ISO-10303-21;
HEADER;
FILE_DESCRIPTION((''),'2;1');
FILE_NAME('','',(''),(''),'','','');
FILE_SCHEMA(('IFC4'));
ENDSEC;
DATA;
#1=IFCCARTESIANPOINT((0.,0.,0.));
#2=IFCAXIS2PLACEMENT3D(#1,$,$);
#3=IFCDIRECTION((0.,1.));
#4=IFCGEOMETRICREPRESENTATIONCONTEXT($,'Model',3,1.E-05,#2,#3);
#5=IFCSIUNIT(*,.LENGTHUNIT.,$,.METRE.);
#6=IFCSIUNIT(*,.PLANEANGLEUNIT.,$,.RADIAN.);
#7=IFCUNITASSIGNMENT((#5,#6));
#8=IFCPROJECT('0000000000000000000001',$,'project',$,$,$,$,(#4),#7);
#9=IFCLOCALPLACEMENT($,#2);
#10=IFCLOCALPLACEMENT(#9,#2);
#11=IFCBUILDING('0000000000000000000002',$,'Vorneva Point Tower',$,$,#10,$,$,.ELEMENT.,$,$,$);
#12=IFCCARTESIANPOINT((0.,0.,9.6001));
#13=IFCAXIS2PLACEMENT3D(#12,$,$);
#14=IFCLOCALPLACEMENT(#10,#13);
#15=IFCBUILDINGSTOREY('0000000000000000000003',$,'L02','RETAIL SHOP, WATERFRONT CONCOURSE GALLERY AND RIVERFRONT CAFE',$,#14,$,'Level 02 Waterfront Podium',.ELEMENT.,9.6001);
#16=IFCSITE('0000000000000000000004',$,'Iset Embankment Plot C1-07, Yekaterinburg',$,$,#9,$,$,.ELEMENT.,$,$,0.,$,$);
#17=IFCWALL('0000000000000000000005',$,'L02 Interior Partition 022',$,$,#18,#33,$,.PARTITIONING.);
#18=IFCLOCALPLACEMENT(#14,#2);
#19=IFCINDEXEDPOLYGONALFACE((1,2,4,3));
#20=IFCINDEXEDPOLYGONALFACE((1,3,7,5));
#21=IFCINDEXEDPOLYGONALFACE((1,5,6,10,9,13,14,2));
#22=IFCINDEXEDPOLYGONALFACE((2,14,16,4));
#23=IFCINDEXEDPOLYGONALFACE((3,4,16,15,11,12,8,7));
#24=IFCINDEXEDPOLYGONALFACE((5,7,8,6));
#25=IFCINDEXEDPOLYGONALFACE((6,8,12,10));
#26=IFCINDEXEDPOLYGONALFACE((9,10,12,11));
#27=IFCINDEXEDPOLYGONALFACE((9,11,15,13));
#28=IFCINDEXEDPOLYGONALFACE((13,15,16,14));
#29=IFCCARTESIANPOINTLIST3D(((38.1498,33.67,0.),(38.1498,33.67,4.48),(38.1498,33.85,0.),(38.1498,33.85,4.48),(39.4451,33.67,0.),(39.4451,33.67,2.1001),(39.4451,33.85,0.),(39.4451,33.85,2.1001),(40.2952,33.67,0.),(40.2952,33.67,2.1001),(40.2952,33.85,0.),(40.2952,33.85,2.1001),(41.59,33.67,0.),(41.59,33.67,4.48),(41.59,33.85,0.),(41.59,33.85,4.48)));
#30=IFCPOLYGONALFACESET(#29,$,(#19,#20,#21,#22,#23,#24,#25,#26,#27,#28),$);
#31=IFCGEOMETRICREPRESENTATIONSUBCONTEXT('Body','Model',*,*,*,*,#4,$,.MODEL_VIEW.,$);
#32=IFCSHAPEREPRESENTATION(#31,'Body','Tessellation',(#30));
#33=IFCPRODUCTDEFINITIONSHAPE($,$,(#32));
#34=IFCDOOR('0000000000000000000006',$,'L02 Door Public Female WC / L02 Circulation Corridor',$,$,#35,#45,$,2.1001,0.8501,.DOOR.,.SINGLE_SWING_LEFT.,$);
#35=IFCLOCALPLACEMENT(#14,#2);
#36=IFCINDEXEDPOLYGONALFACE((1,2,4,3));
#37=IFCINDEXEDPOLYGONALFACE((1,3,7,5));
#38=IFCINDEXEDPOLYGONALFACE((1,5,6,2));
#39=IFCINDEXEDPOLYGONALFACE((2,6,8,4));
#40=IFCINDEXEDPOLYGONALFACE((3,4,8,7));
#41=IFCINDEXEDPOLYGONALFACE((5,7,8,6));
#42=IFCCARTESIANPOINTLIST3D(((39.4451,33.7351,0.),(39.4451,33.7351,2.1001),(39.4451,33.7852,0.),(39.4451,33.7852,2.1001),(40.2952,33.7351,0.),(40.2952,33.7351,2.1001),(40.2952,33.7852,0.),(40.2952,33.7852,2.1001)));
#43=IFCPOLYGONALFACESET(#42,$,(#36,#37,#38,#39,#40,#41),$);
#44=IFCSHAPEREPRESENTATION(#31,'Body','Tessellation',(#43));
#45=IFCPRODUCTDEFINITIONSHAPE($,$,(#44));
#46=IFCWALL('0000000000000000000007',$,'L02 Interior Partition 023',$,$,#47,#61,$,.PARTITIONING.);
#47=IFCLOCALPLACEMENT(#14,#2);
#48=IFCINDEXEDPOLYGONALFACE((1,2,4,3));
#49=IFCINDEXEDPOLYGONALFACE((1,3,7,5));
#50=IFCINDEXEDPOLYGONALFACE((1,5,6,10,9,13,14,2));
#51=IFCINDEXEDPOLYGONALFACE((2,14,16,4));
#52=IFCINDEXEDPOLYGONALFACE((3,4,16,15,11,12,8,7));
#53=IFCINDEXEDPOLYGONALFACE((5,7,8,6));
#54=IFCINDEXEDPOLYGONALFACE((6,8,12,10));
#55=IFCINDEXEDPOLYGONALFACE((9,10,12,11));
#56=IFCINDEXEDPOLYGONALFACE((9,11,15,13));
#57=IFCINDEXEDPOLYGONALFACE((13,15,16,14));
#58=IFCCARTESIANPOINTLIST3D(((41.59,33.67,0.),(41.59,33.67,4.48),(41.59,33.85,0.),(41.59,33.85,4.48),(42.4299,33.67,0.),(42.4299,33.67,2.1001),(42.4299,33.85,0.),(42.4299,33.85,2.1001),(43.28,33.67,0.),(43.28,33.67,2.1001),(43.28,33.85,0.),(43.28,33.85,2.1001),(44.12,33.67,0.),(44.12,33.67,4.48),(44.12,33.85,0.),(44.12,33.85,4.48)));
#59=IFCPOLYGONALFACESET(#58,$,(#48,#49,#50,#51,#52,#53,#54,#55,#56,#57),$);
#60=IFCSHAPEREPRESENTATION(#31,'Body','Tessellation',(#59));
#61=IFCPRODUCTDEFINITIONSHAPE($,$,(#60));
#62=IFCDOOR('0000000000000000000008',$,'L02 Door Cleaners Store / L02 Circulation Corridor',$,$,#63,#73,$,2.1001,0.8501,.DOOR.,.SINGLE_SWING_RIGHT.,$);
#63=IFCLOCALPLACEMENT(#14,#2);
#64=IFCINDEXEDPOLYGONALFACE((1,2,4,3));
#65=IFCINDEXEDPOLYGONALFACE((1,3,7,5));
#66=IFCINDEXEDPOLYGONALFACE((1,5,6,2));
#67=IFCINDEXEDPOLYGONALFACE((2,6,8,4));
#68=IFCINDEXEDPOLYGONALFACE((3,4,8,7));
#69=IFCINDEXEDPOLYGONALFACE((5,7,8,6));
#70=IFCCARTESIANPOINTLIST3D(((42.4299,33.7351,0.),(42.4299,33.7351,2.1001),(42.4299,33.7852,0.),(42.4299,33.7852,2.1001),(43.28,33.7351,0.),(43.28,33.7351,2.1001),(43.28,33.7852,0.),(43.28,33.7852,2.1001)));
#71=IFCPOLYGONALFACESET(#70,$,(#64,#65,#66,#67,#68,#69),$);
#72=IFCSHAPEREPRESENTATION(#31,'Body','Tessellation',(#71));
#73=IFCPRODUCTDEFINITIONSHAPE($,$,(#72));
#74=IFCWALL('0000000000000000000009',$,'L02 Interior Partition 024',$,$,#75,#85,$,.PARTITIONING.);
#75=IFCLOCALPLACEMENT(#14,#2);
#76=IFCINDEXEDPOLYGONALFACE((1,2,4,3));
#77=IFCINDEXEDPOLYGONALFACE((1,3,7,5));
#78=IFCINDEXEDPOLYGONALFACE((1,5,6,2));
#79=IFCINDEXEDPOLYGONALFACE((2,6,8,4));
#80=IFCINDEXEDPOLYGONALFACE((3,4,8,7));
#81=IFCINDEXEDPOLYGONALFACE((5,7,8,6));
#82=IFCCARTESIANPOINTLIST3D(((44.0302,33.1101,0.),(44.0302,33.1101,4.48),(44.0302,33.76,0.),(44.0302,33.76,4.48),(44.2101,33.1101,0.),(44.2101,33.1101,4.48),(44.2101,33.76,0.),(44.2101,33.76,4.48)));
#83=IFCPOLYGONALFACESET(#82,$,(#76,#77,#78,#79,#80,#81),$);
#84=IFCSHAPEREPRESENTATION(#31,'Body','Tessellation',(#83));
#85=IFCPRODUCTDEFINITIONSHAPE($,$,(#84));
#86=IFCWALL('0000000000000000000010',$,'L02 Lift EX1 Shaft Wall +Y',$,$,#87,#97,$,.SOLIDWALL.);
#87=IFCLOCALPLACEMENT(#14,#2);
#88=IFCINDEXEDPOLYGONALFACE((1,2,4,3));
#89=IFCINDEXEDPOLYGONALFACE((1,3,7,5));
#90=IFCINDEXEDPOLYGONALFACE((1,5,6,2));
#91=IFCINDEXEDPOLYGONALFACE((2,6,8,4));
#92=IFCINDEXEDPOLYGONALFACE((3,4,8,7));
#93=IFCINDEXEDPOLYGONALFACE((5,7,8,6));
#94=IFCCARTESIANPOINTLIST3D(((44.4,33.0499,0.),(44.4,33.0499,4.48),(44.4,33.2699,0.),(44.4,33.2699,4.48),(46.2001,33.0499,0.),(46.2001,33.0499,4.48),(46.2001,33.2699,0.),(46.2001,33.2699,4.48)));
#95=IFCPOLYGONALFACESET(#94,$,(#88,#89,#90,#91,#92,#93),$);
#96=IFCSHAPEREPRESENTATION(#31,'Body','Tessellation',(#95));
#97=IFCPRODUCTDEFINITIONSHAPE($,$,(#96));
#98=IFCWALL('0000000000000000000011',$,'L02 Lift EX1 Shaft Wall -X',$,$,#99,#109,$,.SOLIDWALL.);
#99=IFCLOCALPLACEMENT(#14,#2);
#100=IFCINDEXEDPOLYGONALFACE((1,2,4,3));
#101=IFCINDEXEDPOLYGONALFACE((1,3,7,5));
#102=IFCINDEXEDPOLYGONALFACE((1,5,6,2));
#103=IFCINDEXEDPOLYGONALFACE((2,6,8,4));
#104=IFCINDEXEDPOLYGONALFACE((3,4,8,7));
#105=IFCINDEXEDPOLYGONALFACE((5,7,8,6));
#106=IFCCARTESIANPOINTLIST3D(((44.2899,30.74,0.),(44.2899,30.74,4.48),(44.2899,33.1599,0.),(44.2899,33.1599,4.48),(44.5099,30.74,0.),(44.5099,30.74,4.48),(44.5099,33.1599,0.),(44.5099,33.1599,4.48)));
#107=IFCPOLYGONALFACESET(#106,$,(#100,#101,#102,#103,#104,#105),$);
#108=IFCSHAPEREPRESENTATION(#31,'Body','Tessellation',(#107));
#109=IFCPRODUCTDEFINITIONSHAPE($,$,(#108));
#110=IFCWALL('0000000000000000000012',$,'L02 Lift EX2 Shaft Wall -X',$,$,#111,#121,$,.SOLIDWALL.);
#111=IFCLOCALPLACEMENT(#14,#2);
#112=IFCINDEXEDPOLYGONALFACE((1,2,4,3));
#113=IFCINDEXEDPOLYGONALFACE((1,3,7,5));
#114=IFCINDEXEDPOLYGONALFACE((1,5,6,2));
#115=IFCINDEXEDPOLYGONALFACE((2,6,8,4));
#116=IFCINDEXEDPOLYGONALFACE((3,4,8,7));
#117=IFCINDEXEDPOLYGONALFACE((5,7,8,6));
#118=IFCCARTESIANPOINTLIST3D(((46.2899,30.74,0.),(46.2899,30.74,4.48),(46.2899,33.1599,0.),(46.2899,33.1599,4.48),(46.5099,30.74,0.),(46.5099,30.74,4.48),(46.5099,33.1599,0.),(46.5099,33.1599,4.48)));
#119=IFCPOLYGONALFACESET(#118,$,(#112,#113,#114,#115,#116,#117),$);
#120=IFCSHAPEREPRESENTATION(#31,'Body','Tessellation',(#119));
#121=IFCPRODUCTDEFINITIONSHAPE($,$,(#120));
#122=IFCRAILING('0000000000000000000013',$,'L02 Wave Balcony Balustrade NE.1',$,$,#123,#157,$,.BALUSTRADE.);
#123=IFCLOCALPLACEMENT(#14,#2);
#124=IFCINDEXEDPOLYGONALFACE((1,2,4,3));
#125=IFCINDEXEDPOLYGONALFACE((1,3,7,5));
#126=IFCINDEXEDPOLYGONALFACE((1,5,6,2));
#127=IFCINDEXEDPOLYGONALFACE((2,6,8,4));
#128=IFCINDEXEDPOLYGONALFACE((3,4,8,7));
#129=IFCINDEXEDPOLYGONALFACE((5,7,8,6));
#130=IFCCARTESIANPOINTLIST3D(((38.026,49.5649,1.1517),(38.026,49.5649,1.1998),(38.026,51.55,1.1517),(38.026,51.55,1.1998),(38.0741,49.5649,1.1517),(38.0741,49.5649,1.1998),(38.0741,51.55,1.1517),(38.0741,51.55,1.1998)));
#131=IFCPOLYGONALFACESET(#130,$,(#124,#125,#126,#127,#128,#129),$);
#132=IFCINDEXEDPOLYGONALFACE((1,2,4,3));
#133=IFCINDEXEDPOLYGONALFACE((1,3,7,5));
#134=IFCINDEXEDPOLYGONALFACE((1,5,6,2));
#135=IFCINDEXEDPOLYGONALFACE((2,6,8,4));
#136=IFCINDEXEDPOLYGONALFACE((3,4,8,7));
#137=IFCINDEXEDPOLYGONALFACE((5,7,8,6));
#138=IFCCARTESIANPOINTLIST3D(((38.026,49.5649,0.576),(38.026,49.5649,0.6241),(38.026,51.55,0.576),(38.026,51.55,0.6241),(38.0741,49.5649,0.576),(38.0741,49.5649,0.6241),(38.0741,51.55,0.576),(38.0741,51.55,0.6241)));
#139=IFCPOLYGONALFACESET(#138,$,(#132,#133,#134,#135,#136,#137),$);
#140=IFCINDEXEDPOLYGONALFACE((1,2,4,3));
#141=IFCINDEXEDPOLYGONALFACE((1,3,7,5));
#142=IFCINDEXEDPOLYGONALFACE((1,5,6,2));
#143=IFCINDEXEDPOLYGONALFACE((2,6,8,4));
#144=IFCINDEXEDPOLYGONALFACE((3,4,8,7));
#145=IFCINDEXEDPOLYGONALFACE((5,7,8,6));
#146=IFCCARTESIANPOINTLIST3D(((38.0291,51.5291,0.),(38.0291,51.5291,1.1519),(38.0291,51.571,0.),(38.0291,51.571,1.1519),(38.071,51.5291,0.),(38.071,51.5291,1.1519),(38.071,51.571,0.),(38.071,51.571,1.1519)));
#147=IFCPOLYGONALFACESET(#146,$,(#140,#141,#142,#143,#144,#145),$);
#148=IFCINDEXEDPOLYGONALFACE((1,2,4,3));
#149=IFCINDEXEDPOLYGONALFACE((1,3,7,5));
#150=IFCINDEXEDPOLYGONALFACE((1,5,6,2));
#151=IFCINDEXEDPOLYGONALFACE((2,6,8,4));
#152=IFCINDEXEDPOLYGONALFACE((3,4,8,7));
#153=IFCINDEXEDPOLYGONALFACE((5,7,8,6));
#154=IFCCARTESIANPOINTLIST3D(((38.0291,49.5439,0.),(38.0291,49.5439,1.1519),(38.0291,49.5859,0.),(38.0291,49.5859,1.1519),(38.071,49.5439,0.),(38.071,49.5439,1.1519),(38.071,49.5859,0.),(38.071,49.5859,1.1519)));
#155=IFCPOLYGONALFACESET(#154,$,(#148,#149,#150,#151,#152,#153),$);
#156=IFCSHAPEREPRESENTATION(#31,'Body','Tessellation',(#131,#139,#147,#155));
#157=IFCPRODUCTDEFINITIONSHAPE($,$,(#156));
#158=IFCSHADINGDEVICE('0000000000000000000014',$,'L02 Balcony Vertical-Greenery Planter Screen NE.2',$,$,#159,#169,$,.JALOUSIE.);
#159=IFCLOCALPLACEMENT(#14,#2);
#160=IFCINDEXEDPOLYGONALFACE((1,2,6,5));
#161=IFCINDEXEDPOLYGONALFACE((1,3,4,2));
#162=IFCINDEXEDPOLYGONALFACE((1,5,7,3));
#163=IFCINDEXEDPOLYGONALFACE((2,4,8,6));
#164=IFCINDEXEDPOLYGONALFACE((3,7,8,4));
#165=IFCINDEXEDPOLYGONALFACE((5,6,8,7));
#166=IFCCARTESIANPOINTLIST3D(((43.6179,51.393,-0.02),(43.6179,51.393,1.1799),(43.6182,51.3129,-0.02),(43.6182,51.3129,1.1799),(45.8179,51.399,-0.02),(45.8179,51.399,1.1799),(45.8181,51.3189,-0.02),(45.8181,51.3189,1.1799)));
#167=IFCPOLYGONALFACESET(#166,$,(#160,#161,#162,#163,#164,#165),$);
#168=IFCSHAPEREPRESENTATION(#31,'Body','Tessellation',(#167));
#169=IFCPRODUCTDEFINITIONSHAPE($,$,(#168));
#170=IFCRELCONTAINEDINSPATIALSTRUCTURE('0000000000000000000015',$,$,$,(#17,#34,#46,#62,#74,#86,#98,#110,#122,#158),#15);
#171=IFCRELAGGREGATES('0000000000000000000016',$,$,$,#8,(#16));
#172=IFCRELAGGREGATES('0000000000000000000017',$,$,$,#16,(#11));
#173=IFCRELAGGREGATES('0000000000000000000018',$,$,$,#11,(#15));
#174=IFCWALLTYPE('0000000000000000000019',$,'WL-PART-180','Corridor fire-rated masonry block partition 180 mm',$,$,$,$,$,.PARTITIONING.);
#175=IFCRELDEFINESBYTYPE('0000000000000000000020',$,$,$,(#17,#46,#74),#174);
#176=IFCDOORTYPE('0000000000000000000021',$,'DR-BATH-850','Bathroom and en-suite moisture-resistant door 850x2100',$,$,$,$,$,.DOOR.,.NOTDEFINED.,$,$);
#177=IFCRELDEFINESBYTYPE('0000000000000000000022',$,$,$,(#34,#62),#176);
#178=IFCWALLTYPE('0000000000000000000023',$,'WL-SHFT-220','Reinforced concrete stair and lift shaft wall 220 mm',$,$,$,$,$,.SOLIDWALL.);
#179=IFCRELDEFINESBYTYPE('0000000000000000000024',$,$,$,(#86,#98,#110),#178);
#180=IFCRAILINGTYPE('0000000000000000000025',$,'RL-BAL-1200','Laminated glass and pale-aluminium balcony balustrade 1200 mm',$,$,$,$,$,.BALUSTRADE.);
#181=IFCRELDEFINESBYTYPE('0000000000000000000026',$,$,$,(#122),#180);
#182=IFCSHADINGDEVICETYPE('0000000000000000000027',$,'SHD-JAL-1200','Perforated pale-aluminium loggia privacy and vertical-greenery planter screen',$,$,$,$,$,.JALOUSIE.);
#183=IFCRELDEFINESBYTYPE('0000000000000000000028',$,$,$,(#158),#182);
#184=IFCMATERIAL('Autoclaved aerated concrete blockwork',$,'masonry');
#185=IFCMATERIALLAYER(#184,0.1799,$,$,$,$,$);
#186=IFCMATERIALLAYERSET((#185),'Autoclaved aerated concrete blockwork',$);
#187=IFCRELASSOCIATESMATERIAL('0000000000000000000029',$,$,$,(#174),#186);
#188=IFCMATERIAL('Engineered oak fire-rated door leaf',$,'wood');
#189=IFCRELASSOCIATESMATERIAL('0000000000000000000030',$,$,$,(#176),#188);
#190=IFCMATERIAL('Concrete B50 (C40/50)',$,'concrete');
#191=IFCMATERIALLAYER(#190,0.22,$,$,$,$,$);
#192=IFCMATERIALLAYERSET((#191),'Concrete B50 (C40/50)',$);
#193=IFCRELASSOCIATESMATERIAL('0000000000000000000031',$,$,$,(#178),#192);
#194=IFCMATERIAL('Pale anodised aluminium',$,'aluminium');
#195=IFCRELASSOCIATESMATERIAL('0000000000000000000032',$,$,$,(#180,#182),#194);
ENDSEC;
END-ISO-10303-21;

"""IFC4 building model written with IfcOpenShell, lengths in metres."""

from ifc_helpers import new_model, si_unit, direction, frame, frame_2d, origin, origin_2d, place, context, subcontext, project, spatial, rectangle, extrude, material, layer, layer_set, type_object, element, fill, save


model = new_model("IFC4")

# Units and contexts
model_context = context("Model", 3, precision=1e-05, world=origin(), true_north=direction((0.0, 1.0)))
body_context = subcontext(model_context, "Body", "Model", "MODEL_VIEW")
ifc_project = project(units=[si_unit("LENGTHUNIT", "METRE"), si_unit("PLANEANGLEUNIT", "RADIAN")], contexts=[model_context])

# Site, building, storey
site_placement = place(None, origin())
site = spatial("IfcSite", under=ifc_project, at=site_placement, Name="Iset Embankment Plot C1-07, Yekaterinburg", CompositionType="ELEMENT", RefElevation=0.0)
building_placement = place(site_placement, origin())
building = spatial("IfcBuilding", under=site, at=building_placement, Name="Vorneva Point Tower", CompositionType="ELEMENT")
storey_placement = place(building_placement, frame((0.0, 0.0, 9.6001)))
storey = spatial("IfcBuildingStorey", under=building, at=storey_placement, Name="L02", Description="RETAIL SHOP, WATERFRONT CONCOURSE GALLERY AND RIVERFRONT CAFE", LongName="Level 02 Waterfront Podium", CompositionType="ELEMENT", Elevation=9.6001)

# Shared definitions
ifc_material_1 = material(Name="Pale anodised aluminium", Category="aluminium")

# Walls, openings, doors
ifc_material_2 = material(Name="Autoclaved aerated concrete blockwork", Category="masonry")
ifc_layer_1 = layer(ifc_material_2, 0.1799)
ifc_layer_set_1 = layer_set([ifc_layer_1], Name="Autoclaved aerated concrete blockwork")
wall_type_1 = type_object("IfcWallType", Name="WL-PART-180", Description="Corridor fire-rated masonry block partition 180 mm", PredefinedType="PARTITIONING", material=ifc_layer_set_1)
ifc_material_3 = material(Name="Engineered oak fire-rated door leaf", Category="wood")
door_type = type_object("IfcDoorType", Name="DR-BATH-850", Description="Bathroom and en-suite moisture-resistant door 850x2100", OperationType="NOTDEFINED", PredefinedType="DOOR", material=ifc_material_3)
wall_1_placement = place(storey_placement, frame((41.5901, 33.76, 0.0), z_axis=(0.0, 0.0, 1.0), x_axis=(-1.0, 0.0, 0.0)))
wall_1 = element("IfcWall", 1, at=wall_1_placement, inside=storey, type_object=wall_type_1, Name="L02 Interior Partition 022", PredefinedType="PARTITIONING", context=body_context, shape_type="SweptSolid", body=[
    extrude(rectangle(XDim=3.4402, YDim=0.1799, at=frame_2d((1.7202, 0.0))), origin(), (0.0, 0.0, 1.0), 4.48),
])
opening_1_placement = place(wall_1_placement, frame((1.2949, 0.0, 0.0)))
opening_1 = element("IfcOpeningElement", 2, at=opening_1_placement, cuts=wall_1, PredefinedType="OPENING", context=body_context, shape_type="SweptSolid", body=[
    extrude(rectangle(XDim=0.8501, YDim=2.1001, at=frame_2d((0.425, 1.05))), frame((0.0, 0.105, 0.0), z_axis=(0.0, -1.0, 0.0), x_axis=(1.0, 0.0, 0.0)), (0.0, 0.0, 1.0), 0.2097),
])
door_1_placement = place(opening_1_placement, origin())
door_1 = element("IfcDoor", 3, at=door_1_placement, inside=storey, type_object=door_type, Name="L02 Door Public Female WC / L02 Circulation Corridor", OperationType="SINGLE_SWING_LEFT", OverallHeight=2.1001, OverallWidth=0.8501, PredefinedType="DOOR", context=body_context, shape_type="SweptSolid", body=[
    extrude(rectangle(XDim=0.8501, YDim=2.1001, at=frame_2d((0.425, 1.05))), frame((0.0, 0.0249, 0.0), z_axis=(0.0, -1.0, 0.0), x_axis=(1.0, 0.0, 0.0)), (0.0, 0.0, 1.0), 0.05),
])
fill(opening_1, door_1)
wall_2_placement = place(storey_placement, frame((44.1201, 33.76, 0.0), z_axis=(0.0, 0.0, 1.0), x_axis=(-1.0, 0.0, 0.0)))
wall_2 = element("IfcWall", 4, at=wall_2_placement, inside=storey, type_object=wall_type_1, Name="L02 Interior Partition 023", PredefinedType="PARTITIONING", context=body_context, shape_type="SweptSolid", body=[
    extrude(rectangle(XDim=2.53, YDim=0.1799, at=frame_2d((1.2651, 0.0))), origin(), (0.0, 0.0, 1.0), 4.48),
])
opening_2_placement = place(wall_2_placement, frame((0.8401, 0.0, 0.0)))
opening_2 = element("IfcOpeningElement", 5, at=opening_2_placement, cuts=wall_2, PredefinedType="OPENING", context=body_context, shape_type="SweptSolid", body=[
    extrude(rectangle(XDim=0.8501, YDim=2.1001, at=frame_2d((0.425, 1.05))), frame((0.0, 0.105, 0.0), z_axis=(0.0, -1.0, 0.0), x_axis=(1.0, 0.0, 0.0)), (0.0, 0.0, 1.0), 0.2097),
])
door_2_placement = place(opening_2_placement, origin())
door_2 = element("IfcDoor", 6, at=door_2_placement, inside=storey, type_object=door_type, Name="L02 Door Cleaners Store / L02 Circulation Corridor", OperationType="SINGLE_SWING_RIGHT", OverallHeight=2.1001, OverallWidth=0.8501, PredefinedType="DOOR", context=body_context, shape_type="SweptSolid", body=[
    extrude(rectangle(XDim=0.8501, YDim=2.1001, at=frame_2d((0.425, 1.05))), frame((0.0, 0.0249, 0.0), z_axis=(0.0, -1.0, 0.0), x_axis=(1.0, 0.0, 0.0)), (0.0, 0.0, 1.0), 0.05),
])
fill(opening_2, door_2)

# Walls
wall_3_placement = place(storey_placement, frame((44.1201, 33.1101, 0.0), z_axis=(0.0, 0.0, 1.0), x_axis=(0.0, 1.0, 0.0)))
element("IfcWall", 7, at=wall_3_placement, inside=storey, type_object=wall_type_1, Name="L02 Interior Partition 024", PredefinedType="PARTITIONING", context=body_context, shape_type="SweptSolid", body=[
    extrude(rectangle(XDim=0.6499, YDim=0.1799, at=frame_2d((0.325, 0.0))), origin(), (0.0, 0.0, 1.0), 4.48),
])
ifc_material_4 = material(Name="Concrete B50 (C40/50)", Category="concrete")
ifc_layer_2 = layer(ifc_material_4, 0.22)
ifc_layer_set_2 = layer_set([ifc_layer_2], Name="Concrete B50 (C40/50)")
wall_type_2 = type_object("IfcWallType", Name="WL-SHFT-220", Description="Reinforced concrete stair and lift shaft wall 220 mm", PredefinedType="SOLIDWALL", material=ifc_layer_set_2)
wall_4_placement = place(storey_placement, frame((46.2, 33.1599, 0.0), z_axis=(0.0, 0.0, 1.0), x_axis=(-1.0, 0.0, 0.0)))
element("IfcWall", 8, at=wall_4_placement, inside=storey, type_object=wall_type_2, Name="L02 Lift EX1 Shaft Wall +Y", PredefinedType="SOLIDWALL", context=body_context, shape_type="SweptSolid", body=[
    extrude(rectangle(XDim=1.8, YDim=0.22, at=frame_2d((0.8999, 0.0))), origin(), (0.0, 0.0, 1.0), 4.48),
])
for number, where, z_axis, x_axis, name in (
    (9, (44.3999, 33.1599, 0.0), (0.0, 0.0, 1.0), (0.0, -1.0, 0.0), "L02 Lift EX1 Shaft Wall -X"),
    (10, (46.3999, 33.1599, 0.0), (0.0, 0.0, 1.0), (0.0, -1.0, 0.0), "L02 Lift EX2 Shaft Wall -X"),
):
    element("IfcWall", number, at=place(storey_placement, frame(where, z_axis=z_axis, x_axis=x_axis)), inside=storey, type_object=wall_type_2, Name=name, PredefinedType="SOLIDWALL", context=body_context, shape_type="SweptSolid", body=[
        extrude(rectangle(XDim=2.4199, YDim=0.22, at=frame_2d((1.21, 0.0))), origin(), (0.0, 0.0, 1.0), 4.48),
    ])

# Railing
railing_type = type_object("IfcRailingType", Name="RL-BAL-1200", Description="Laminated glass and pale-aluminium balcony balustrade 1200 mm", PredefinedType="BALUSTRADE", material=ifc_material_1)
railing_placement = place(storey_placement, frame((38.05, 51.55, 0.0)))
element("IfcRailing", 11, at=railing_placement, inside=storey, type_object=railing_type, Name="L02 Wave Balcony Balustrade NE.1", PredefinedType="BALUSTRADE", context=body_context, shape_type="SweptSolid", body=[
    extrude(rectangle(XDim=0.0481, YDim=0.0481, at=origin_2d()), frame((0.0, 0.0, 1.1758), z_axis=(0.0, -1.0, 0.0), x_axis=(1.0, 0.0, 0.0)), (0.0, 0.0, 1.0), 1.9851),
    extrude(rectangle(XDim=0.0481, YDim=0.0481, at=origin_2d()), frame((0.0, 0.0, 0.6001), z_axis=(0.0, -1.0, 0.0), x_axis=(1.0, 0.0, 0.0)), (0.0, 0.0, 1.0), 1.9851),
    extrude(rectangle(XDim=0.042, YDim=0.042, at=origin_2d()), origin(), (0.0, 0.0, 1.0), 1.1519),
    extrude(rectangle(XDim=0.042, YDim=0.042, at=origin_2d()), frame((0.0, -1.9851, 0.0)), (0.0, 0.0, 1.0), 1.1519),
])

# Shading device
shading_device_type = type_object("IfcShadingDeviceType", Name="SHD-JAL-1200", Description="Perforated pale-aluminium loggia privacy and vertical-greenery planter screen", PredefinedType="JALOUSIE", material=ifc_material_1)
shading_device_placement = place(storey_placement, frame((44.718, 51.356, -0.02), z_axis=(0.0, 0.0, 1.0), x_axis=(-0.999996, -0.00274, 0.0)))
element("IfcShadingDevice", 12, at=shading_device_placement, inside=storey, type_object=shading_device_type, Name="L02 Balcony Vertical-Greenery Planter Screen NE.2", PredefinedType="JALOUSIE", context=body_context, shape_type="SweptSolid", body=[
    extrude(rectangle(XDim=2.2, YDim=0.0801, at=origin_2d()), origin(), (0.0, 0.0, 1.0), 1.2),
])

save(model, "model.ifc")
